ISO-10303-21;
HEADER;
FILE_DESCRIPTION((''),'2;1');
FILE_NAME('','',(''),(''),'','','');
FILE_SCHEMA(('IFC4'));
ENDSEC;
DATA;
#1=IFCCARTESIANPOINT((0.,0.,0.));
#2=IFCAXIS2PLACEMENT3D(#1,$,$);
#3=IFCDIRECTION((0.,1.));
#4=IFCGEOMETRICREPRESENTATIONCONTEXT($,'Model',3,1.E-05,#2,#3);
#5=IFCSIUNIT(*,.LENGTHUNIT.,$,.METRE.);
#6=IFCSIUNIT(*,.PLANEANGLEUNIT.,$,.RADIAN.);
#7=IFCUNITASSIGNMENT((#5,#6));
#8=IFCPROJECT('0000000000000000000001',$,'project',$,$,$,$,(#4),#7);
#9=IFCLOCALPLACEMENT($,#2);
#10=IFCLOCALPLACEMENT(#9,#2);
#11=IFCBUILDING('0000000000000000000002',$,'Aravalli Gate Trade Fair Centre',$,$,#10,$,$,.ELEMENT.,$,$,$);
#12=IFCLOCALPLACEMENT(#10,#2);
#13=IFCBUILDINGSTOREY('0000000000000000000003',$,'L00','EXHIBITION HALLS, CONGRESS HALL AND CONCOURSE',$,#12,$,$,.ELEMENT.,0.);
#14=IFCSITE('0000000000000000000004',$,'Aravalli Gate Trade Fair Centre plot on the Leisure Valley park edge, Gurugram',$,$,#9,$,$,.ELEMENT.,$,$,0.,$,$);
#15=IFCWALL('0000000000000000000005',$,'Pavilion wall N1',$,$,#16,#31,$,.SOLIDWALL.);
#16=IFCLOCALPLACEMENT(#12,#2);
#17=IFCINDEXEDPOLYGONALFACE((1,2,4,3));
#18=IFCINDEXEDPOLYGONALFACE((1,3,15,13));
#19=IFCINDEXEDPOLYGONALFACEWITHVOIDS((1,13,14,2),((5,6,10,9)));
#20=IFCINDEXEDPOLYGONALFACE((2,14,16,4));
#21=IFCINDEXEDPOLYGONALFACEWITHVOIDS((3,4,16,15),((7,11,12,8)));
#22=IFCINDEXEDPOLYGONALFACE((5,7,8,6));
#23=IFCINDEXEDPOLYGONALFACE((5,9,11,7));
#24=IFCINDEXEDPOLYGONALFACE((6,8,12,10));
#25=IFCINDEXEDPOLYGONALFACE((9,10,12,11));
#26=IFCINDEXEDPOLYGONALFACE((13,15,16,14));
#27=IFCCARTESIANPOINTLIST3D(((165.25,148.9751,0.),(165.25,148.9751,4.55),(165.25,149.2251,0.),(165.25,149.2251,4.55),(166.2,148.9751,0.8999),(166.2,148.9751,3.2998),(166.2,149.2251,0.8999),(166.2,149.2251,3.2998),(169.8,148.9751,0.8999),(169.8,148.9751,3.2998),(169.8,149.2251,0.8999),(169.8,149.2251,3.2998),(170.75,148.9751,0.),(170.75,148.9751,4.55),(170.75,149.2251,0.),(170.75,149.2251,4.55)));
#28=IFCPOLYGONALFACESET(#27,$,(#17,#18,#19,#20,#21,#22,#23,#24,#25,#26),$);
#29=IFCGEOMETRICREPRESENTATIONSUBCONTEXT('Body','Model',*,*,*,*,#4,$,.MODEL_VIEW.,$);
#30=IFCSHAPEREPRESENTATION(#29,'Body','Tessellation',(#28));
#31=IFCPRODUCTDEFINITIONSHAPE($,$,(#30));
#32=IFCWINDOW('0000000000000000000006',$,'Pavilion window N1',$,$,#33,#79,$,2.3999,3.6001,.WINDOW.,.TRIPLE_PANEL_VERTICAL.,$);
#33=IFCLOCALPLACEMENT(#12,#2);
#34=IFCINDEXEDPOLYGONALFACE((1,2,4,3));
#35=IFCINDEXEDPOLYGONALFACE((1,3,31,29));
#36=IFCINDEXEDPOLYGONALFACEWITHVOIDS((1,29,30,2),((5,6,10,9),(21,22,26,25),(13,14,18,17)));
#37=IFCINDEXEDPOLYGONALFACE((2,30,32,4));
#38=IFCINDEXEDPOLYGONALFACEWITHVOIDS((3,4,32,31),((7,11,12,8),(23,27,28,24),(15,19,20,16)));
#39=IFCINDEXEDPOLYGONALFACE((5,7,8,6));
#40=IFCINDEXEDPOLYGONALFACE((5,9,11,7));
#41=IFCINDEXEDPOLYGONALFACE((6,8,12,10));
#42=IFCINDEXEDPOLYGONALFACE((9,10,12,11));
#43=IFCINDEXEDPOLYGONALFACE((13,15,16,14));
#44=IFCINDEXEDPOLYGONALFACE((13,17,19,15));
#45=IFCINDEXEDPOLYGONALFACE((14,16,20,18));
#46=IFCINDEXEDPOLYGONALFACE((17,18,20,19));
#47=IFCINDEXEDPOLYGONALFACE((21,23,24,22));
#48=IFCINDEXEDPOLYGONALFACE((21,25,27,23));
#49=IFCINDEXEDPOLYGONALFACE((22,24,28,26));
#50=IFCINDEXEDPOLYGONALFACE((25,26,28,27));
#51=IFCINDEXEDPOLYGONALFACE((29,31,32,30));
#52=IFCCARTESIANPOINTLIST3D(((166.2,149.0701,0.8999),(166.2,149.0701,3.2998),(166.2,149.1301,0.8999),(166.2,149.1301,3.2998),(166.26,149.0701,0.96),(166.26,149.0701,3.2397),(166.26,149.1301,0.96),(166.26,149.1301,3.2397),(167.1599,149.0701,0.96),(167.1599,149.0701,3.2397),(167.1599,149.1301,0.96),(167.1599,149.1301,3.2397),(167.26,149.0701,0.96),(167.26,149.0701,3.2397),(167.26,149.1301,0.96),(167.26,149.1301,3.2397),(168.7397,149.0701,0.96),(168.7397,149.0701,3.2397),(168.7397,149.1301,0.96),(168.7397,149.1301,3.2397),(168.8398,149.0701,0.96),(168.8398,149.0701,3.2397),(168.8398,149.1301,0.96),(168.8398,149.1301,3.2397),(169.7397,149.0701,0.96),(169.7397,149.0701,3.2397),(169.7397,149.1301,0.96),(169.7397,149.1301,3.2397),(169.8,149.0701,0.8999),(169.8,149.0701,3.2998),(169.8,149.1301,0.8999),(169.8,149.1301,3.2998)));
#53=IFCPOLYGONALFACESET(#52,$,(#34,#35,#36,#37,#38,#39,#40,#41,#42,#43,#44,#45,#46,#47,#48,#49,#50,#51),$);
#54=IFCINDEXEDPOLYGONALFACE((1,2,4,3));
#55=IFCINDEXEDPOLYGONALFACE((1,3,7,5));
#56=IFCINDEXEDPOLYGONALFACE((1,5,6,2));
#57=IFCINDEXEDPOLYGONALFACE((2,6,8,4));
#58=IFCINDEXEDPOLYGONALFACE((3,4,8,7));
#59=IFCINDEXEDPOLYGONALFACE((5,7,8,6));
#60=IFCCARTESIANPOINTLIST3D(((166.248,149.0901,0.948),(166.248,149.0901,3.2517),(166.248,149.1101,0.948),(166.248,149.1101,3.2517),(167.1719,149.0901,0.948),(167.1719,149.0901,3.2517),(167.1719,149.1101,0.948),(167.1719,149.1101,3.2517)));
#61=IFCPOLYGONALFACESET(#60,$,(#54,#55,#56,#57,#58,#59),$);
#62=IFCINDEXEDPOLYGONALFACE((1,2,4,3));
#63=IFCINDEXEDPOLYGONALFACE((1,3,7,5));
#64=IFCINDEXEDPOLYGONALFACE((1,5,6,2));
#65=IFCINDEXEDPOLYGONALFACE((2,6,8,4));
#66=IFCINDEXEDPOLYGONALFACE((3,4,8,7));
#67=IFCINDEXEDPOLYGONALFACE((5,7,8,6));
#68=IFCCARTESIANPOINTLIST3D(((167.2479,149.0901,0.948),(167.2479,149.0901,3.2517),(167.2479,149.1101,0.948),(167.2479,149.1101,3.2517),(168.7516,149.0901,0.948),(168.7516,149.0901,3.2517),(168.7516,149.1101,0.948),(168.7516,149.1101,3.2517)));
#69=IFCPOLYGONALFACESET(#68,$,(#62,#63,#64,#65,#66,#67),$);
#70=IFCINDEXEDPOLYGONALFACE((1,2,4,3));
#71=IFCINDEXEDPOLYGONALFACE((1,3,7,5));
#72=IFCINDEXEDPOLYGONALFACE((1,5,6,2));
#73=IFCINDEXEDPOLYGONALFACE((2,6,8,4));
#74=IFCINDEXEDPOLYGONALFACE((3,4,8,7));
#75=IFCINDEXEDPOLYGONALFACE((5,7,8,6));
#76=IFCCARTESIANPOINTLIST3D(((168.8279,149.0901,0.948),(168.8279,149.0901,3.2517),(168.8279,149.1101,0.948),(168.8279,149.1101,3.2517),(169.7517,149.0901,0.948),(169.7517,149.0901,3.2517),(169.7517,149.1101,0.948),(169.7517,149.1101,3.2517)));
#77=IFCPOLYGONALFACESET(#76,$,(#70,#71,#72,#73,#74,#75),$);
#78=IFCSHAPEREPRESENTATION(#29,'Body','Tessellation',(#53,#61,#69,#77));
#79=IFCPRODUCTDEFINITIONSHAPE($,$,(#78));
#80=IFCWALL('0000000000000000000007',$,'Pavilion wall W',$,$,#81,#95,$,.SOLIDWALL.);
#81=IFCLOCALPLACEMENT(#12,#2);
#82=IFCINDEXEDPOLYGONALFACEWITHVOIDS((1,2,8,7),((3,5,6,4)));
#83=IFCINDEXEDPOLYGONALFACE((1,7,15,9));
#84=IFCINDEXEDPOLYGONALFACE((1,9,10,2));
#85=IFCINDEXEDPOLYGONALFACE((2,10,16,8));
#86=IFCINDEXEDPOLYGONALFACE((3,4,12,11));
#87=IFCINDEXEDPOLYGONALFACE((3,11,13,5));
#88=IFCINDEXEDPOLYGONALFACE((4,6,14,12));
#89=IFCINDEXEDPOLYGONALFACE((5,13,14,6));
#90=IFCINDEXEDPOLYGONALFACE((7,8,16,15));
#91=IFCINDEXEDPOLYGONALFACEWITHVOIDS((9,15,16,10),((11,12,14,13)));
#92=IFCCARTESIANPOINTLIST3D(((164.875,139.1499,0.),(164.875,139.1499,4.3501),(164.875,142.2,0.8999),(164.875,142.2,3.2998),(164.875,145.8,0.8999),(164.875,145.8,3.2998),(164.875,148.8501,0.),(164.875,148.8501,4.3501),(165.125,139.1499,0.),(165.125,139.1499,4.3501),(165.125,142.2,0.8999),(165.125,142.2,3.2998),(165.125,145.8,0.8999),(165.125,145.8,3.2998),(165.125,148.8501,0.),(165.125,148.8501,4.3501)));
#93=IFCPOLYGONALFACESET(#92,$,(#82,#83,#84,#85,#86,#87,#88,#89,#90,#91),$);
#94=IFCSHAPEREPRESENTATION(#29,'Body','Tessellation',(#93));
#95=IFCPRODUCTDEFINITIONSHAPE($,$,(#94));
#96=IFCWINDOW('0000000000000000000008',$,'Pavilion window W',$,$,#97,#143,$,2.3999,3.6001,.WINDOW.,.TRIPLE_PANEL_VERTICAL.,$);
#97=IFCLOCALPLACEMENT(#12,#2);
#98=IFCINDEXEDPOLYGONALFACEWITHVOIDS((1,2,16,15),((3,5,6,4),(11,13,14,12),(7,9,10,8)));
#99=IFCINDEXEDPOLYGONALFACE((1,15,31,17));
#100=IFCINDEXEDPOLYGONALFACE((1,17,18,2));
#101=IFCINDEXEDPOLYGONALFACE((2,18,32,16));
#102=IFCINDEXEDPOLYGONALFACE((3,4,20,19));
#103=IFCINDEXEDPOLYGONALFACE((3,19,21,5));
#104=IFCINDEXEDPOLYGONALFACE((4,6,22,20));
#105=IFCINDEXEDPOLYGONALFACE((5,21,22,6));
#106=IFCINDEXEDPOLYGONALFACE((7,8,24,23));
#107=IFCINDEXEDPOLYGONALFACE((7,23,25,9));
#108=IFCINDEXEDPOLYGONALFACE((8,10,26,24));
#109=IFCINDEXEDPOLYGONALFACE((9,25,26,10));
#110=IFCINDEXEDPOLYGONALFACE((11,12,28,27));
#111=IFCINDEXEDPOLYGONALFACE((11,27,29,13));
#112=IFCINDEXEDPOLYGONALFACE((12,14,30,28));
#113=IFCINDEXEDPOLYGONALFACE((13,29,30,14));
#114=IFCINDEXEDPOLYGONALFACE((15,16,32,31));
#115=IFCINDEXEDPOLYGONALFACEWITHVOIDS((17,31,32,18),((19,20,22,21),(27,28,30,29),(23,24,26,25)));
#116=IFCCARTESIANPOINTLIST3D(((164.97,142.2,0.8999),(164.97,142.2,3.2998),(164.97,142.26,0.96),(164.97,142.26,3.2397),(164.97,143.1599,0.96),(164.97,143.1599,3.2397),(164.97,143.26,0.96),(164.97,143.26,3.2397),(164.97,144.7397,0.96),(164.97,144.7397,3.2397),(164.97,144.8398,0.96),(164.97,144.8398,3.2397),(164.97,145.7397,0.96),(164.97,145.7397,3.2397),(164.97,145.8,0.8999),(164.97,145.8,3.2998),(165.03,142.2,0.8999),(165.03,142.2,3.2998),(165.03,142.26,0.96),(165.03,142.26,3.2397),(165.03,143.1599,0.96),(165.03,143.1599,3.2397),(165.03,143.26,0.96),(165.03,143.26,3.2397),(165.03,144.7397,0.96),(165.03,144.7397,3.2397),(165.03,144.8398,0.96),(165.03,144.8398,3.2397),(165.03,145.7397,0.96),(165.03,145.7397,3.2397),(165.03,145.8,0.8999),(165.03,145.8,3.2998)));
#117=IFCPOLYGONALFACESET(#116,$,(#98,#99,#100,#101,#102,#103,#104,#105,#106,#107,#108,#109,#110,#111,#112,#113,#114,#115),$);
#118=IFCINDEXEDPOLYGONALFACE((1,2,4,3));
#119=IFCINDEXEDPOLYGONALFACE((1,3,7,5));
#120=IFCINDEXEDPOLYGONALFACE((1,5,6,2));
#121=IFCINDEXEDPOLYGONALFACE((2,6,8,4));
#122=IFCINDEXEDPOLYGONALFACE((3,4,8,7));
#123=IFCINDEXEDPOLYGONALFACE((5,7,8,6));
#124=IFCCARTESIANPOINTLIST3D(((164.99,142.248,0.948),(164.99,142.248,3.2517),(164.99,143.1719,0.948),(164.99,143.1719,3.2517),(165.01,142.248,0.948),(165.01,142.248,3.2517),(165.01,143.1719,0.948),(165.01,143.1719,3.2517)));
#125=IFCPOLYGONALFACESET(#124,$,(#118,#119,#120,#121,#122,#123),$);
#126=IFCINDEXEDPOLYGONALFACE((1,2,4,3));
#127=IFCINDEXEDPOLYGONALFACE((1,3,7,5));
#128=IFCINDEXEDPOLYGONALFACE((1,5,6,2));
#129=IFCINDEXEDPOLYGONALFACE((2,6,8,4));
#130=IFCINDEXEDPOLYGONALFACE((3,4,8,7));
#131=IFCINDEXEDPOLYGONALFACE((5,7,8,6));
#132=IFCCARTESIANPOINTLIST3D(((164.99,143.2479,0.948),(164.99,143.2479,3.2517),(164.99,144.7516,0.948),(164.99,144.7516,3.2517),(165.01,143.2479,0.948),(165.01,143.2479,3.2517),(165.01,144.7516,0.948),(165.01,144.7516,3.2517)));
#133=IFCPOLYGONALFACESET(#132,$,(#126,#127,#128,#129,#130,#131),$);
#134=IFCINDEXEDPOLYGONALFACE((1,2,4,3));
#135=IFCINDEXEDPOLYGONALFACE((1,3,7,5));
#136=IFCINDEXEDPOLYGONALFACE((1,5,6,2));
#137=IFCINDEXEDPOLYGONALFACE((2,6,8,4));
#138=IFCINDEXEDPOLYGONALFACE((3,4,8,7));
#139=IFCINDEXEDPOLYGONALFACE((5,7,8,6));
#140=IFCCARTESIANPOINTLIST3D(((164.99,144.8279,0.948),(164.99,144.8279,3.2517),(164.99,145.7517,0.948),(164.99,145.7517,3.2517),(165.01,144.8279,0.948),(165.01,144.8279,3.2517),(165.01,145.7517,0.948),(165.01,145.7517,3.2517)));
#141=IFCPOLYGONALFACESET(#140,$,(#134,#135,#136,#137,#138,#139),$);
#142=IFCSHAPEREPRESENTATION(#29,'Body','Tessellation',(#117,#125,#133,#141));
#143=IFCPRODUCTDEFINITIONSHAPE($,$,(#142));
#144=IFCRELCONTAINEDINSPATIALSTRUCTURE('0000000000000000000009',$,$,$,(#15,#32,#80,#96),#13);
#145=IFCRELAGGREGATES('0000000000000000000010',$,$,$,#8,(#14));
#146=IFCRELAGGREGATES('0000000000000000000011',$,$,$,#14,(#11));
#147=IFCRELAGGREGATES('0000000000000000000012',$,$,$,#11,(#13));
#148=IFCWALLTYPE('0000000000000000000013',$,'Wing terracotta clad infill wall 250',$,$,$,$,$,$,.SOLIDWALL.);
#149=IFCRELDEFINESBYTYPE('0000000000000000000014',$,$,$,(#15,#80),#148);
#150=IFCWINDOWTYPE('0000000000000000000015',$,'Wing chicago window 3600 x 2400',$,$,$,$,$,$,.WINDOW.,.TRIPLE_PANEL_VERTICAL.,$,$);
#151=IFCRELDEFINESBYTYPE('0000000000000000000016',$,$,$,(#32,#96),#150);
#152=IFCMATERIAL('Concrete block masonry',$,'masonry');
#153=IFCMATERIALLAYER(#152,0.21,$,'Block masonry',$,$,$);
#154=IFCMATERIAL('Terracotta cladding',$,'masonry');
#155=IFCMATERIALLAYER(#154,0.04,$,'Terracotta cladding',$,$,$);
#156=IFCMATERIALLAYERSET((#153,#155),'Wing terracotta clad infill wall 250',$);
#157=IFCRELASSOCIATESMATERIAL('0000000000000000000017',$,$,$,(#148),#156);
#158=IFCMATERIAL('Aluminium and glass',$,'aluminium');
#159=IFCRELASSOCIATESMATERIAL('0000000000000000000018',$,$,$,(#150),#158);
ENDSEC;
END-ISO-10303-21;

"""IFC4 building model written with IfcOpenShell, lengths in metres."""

from ifc_helpers import new_model, si_unit, direction, frame, frame_2d, origin, place, context, subcontext, project, spatial, polyline, rectangle, outline, extrude, material, layer, layer_set, type_object, element, fill, save


model = new_model("IFC4")

# Units and contexts
model_context = context("Model", 3, precision=1e-05, world=origin(), true_north=direction((0.0, 1.0)))
body_context = subcontext(model_context, "Body", "Model", "MODEL_VIEW")
ifc_project = project(units=[si_unit("LENGTHUNIT", "METRE"), si_unit("PLANEANGLEUNIT", "RADIAN")], contexts=[model_context])

# Site, building, storey
site_placement = place(None, origin())
site = spatial("IfcSite", under=ifc_project, at=site_placement, Name="Aravalli Gate Trade Fair Centre plot on the Leisure Valley park edge, Gurugram", CompositionType="ELEMENT", RefElevation=0.0)
building_placement = place(site_placement, origin())
building = spatial("IfcBuilding", under=site, at=building_placement, Name="Aravalli Gate Trade Fair Centre", CompositionType="ELEMENT")
storey_placement = place(building_placement, origin())
storey = spatial("IfcBuildingStorey", under=building, at=storey_placement, Name="L00", Description="EXHIBITION HALLS, CONGRESS HALL AND CONCOURSE", CompositionType="ELEMENT", Elevation=0.0)

# Shared definitions
ifc_material_1 = material(Name="Aluminium and glass", Category="aluminium")

# Shared definitions
ifc_material_2 = material(Name="Concrete block masonry", Category="masonry")
ifc_layer_1 = layer(ifc_material_2, 0.21, Name="Block masonry")
ifc_material_3 = material(Name="Terracotta cladding", Category="masonry")
ifc_layer_2 = layer(ifc_material_3, 0.04, Name="Terracotta cladding")
ifc_layer_set_1 = layer_set([ifc_layer_1, ifc_layer_2], Name="Wing terracotta clad infill wall 250")
wall_type = type_object("IfcWallType", Name="Wing terracotta clad infill wall 250", PredefinedType="SOLIDWALL", material=ifc_layer_set_1)

# Walls, openings, windows
window_type = type_object("IfcWindowType", Name="Wing chicago window 3600 x 2400", PartitioningType="TRIPLE_PANEL_VERTICAL", PredefinedType="WINDOW", material=ifc_material_1)
wall_1_placement = place(storey_placement, frame((165.25, 149.1001, 0.0), z_axis=(0.0, 0.0, 1.0), x_axis=(1.0, 0.0, 0.0)))
wall_1 = element("IfcWall", 1, at=wall_1_placement, inside=storey, type_object=wall_type, Name="Pavilion wall N1", PredefinedType="SOLIDWALL", context=body_context, shape_type="SweptSolid", body=[
    extrude(rectangle(XDim=5.5, YDim=0.25, at=frame_2d((2.75, 0.0))), origin(), (0.0, 0.0, 1.0), 4.55),
])
opening_1_placement = place(wall_1_placement, frame((0.95, 0.0, 0.8999)))
opening_1 = element("IfcOpeningElement", 2, at=opening_1_placement, cuts=wall_1, PredefinedType="OPENING", context=body_context, shape_type="SweptSolid", body=[
    extrude(rectangle(XDim=3.6001, YDim=2.3999, at=frame_2d((1.8, 1.2))), frame((0.0, 0.135, 0.0), z_axis=(0.0, -1.0, 0.0), x_axis=(1.0, 0.0, 0.0)), (0.0, 0.0, 1.0), 0.27),
])
window_1_placement = place(opening_1_placement, origin())
window_1 = element("IfcWindow", 3, at=window_1_placement, inside=storey, type_object=window_type, Name="Pavilion window N1", OverallHeight=2.3999, OverallWidth=3.6001, PartitioningType="TRIPLE_PANEL_VERTICAL", PredefinedType="WINDOW", context=body_context, shape_type="SweptSolid", body=[
    extrude(outline(polyline([(0.0, 0.0), (3.6001, 0.0), (3.6001, 2.3999), (0.0, 2.3999), (0.0, 0.0)]), holes=[polyline([(0.0601, 0.0601), (0.96, 0.0601), (0.96, 2.3398), (0.0601, 2.3398), (0.0601, 0.0601)]), polyline([(1.0601, 0.0601), (2.5398, 0.0601), (2.5398, 2.3398), (1.0601, 2.3398), (1.0601, 0.0601)]), polyline([(2.6399, 0.0601), (3.5398, 0.0601), (3.5398, 2.3398), (2.6399, 2.3398), (2.6399, 0.0601)])]), frame((0.0, 0.03, 0.0), z_axis=(0.0, -1.0, 0.0), x_axis=(1.0, 0.0, 0.0)), (0.0, 0.0, 1.0), 0.0601),
    extrude(rectangle(XDim=0.9238, YDim=2.3037, at=frame_2d((0.51, 1.2))), frame((0.0, 0.01, 0.0), z_axis=(0.0, -1.0, 0.0), x_axis=(1.0, 0.0, 0.0)), (0.0, 0.0, 1.0), 0.02),
    extrude(rectangle(XDim=1.5037, YDim=2.3037, at=frame_2d((1.7998, 1.2))), frame((0.0, 0.01, 0.0), z_axis=(0.0, -1.0, 0.0), x_axis=(1.0, 0.0, 0.0)), (0.0, 0.0, 1.0), 0.02),
    extrude(rectangle(XDim=0.9238, YDim=2.3037, at=frame_2d((3.0898, 1.2))), frame((0.0, 0.01, 0.0), z_axis=(0.0, -1.0, 0.0), x_axis=(1.0, 0.0, 0.0)), (0.0, 0.0, 1.0), 0.02),
])
fill(opening_1, window_1)
wall_2_placement = place(storey_placement, frame((165.0, 139.1499, 0.0), z_axis=(0.0, 0.0, 1.0), x_axis=(0.0, 1.0, 0.0)))
wall_2 = element("IfcWall", 4, at=wall_2_placement, inside=storey, type_object=wall_type, Name="Pavilion wall W", PredefinedType="SOLIDWALL", context=body_context, shape_type="SweptSolid", body=[
    extrude(rectangle(XDim=9.7002, YDim=0.25, at=frame_2d((4.8501, 0.0))), origin(), (0.0, 0.0, 1.0), 4.3501),
])
opening_2_placement = place(wall_2_placement, frame((3.05, 0.0, 0.8999)))
opening_2 = element("IfcOpeningElement", 5, at=opening_2_placement, cuts=wall_2, PredefinedType="OPENING", context=body_context, shape_type="SweptSolid", body=[
    extrude(rectangle(XDim=3.6001, YDim=2.3999, at=frame_2d((1.8, 1.2))), frame((0.0, 0.135, 0.0), z_axis=(0.0, -1.0, 0.0), x_axis=(1.0, 0.0, 0.0)), (0.0, 0.0, 1.0), 0.27),
])
window_2_placement = place(opening_2_placement, origin())
window_2 = element("IfcWindow", 6, at=window_2_placement, inside=storey, type_object=window_type, Name="Pavilion window W", OverallHeight=2.3999, OverallWidth=3.6001, PartitioningType="TRIPLE_PANEL_VERTICAL", PredefinedType="WINDOW", context=body_context, shape_type="SweptSolid", body=[
    extrude(outline(polyline([(0.0, 0.0), (3.6001, 0.0), (3.6001, 2.3999), (0.0, 2.3999), (0.0, 0.0)]), holes=[polyline([(0.0601, 0.0601), (0.96, 0.0601), (0.96, 2.3398), (0.0601, 2.3398), (0.0601, 0.0601)]), polyline([(1.0601, 0.0601), (2.5398, 0.0601), (2.5398, 2.3398), (1.0601, 2.3398), (1.0601, 0.0601)]), polyline([(2.6399, 0.0601), (3.5398, 0.0601), (3.5398, 2.3398), (2.6399, 2.3398), (2.6399, 0.0601)])]), frame((0.0, 0.03, 0.0), z_axis=(0.0, -1.0, 0.0), x_axis=(1.0, 0.0, 0.0)), (0.0, 0.0, 1.0), 0.0601),
    extrude(rectangle(XDim=0.9238, YDim=2.3037, at=frame_2d((0.51, 1.2))), frame((0.0, 0.01, 0.0), z_axis=(0.0, -1.0, 0.0), x_axis=(1.0, 0.0, 0.0)), (0.0, 0.0, 1.0), 0.02),
    extrude(rectangle(XDim=1.5037, YDim=2.3037, at=frame_2d((1.7998, 1.2))), frame((0.0, 0.01, 0.0), z_axis=(0.0, -1.0, 0.0), x_axis=(1.0, 0.0, 0.0)), (0.0, 0.0, 1.0), 0.02),
    extrude(rectangle(XDim=0.9238, YDim=2.3037, at=frame_2d((3.0898, 1.2))), frame((0.0, 0.01, 0.0), z_axis=(0.0, -1.0, 0.0), x_axis=(1.0, 0.0, 0.0)), (0.0, 0.0, 1.0), 0.02),
])
fill(opening_2, window_2)

save(model, "model.ifc")
